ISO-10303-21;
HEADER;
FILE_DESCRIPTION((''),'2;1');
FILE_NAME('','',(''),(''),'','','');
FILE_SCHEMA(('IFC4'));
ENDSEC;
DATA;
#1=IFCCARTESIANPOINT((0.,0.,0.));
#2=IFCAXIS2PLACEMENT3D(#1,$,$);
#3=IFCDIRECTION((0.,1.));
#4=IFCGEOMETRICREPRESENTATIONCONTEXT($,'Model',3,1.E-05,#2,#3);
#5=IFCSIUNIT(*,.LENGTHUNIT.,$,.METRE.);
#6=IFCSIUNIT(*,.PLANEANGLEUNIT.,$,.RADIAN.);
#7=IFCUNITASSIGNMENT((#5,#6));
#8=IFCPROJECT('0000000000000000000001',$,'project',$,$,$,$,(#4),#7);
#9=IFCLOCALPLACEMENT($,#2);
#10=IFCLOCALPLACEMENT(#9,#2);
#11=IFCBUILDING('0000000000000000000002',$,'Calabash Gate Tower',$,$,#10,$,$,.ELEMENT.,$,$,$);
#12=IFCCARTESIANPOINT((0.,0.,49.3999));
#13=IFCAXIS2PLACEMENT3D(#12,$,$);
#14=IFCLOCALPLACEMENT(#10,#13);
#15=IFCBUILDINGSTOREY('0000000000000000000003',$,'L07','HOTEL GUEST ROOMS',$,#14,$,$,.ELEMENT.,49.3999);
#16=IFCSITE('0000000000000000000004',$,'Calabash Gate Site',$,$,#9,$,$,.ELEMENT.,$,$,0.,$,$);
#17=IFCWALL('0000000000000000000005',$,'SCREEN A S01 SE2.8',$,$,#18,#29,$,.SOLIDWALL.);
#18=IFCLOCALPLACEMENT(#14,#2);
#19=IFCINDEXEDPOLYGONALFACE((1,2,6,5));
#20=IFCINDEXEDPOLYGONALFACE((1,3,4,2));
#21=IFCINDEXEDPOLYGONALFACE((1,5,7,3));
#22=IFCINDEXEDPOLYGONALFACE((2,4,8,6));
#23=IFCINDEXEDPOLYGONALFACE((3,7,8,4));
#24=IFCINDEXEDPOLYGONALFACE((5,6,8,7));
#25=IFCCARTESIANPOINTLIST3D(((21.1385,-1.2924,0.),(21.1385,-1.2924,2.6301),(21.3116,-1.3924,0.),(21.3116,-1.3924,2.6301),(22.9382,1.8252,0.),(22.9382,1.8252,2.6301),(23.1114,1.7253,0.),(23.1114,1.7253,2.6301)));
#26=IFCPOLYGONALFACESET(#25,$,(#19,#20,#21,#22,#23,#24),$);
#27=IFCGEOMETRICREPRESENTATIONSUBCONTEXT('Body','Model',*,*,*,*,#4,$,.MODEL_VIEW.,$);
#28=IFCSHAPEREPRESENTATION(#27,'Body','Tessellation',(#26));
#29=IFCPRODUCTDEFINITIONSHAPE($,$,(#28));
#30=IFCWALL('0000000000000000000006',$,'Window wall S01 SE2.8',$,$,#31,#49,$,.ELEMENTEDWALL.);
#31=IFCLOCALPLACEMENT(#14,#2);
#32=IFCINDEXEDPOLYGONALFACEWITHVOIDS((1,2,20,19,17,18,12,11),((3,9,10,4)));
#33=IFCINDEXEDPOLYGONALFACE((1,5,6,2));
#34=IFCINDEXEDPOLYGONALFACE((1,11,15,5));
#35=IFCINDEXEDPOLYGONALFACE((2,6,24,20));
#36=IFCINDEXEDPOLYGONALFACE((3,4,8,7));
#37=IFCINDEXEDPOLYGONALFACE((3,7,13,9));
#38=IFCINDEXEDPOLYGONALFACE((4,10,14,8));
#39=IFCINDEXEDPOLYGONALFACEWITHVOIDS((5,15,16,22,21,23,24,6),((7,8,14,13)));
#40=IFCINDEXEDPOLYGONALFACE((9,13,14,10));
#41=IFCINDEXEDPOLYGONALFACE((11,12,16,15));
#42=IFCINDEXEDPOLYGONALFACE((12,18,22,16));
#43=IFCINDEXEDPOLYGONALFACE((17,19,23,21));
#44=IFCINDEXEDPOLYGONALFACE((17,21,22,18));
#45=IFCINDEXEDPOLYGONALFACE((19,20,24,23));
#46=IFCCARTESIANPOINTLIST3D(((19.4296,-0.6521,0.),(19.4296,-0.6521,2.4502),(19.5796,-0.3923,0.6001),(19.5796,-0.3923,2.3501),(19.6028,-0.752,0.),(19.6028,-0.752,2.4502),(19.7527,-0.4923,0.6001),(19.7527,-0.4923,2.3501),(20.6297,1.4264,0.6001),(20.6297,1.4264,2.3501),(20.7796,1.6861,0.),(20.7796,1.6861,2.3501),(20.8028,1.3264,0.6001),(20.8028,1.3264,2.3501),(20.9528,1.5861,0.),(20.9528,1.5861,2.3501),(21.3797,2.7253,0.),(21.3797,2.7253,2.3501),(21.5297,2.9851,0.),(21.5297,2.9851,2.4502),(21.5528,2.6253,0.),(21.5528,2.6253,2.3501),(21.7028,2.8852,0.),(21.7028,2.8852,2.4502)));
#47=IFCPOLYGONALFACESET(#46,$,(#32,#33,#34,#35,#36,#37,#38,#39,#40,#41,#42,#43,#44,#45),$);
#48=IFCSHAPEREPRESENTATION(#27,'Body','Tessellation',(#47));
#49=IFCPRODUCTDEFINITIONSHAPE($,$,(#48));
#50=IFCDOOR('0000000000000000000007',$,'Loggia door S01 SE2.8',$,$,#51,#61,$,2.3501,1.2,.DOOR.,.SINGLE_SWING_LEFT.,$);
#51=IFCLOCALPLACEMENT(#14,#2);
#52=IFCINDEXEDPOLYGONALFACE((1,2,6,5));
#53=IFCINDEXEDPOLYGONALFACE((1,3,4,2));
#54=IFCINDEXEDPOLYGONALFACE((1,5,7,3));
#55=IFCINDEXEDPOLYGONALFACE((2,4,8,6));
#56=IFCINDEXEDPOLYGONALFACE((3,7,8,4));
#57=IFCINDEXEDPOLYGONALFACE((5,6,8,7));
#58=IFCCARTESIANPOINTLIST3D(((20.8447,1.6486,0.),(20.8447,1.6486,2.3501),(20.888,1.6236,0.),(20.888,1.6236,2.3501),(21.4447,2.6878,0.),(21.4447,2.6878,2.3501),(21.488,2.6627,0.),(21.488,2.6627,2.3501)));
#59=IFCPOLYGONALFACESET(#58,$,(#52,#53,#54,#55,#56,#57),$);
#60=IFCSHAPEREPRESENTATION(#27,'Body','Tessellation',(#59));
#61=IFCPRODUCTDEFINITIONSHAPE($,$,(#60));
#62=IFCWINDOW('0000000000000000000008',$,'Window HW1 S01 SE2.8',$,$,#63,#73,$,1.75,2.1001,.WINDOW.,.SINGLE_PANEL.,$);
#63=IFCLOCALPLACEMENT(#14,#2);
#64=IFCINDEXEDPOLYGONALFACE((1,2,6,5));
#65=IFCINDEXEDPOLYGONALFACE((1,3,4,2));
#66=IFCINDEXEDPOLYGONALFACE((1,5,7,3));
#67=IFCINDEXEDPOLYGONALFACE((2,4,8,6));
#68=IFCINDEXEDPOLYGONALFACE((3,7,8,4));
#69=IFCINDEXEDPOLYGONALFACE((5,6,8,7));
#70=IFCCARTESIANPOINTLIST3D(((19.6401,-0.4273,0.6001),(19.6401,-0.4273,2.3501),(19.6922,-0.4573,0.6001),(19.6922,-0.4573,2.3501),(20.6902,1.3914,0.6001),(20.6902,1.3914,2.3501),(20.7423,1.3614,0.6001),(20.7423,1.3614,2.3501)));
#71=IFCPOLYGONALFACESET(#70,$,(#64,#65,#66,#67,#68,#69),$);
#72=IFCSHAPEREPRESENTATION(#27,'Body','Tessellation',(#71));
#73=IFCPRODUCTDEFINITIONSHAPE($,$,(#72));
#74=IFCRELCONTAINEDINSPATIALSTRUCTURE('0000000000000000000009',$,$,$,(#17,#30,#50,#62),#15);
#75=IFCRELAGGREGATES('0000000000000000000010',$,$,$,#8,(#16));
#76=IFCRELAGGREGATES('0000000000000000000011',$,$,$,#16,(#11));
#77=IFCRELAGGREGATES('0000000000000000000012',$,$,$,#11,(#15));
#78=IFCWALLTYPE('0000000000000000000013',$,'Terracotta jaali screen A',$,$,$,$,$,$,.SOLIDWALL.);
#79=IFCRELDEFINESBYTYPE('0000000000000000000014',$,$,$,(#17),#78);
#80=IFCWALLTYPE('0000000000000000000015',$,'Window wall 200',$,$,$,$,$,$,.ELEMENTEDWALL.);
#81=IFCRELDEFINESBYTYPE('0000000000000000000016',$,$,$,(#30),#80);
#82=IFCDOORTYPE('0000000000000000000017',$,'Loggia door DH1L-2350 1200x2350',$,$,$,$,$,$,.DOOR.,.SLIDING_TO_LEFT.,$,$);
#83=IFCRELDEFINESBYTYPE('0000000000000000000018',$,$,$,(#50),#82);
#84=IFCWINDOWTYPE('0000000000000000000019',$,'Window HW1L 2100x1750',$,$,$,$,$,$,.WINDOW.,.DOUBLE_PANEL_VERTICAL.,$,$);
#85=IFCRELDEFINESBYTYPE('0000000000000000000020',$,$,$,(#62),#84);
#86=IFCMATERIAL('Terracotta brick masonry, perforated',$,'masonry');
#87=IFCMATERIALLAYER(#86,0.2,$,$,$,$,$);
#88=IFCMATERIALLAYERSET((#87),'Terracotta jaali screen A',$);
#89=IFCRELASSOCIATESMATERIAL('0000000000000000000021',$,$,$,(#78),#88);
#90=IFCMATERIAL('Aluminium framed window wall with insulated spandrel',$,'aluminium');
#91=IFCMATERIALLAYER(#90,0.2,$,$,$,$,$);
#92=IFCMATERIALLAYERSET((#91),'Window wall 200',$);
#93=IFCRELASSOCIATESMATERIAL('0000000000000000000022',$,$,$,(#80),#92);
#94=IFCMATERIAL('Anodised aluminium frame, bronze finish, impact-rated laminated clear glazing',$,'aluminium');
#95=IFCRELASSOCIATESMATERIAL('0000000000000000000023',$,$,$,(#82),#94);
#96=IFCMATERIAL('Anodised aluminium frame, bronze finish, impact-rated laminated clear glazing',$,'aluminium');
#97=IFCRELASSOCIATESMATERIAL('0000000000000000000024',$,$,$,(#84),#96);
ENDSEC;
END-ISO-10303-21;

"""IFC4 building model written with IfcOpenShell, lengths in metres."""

from ifc_helpers import new_model, si_unit, direction, frame, frame_2d, origin, place, context, subcontext, project, spatial, rectangle, extrude, material, layer, layer_set, type_object, element, fill, save


model = new_model("IFC4")

# Units and contexts
model_context = context("Model", 3, precision=1e-05, world=origin(), true_north=direction((0.0, 1.0)))
body_context = subcontext(model_context, "Body", "Model", "MODEL_VIEW")
ifc_project = project(units=[si_unit("LENGTHUNIT", "METRE"), si_unit("PLANEANGLEUNIT", "RADIAN")], contexts=[model_context])

# Site, building, storey
site_placement = place(None, origin())
site = spatial("IfcSite", under=ifc_project, at=site_placement, Name="Calabash Gate Site", CompositionType="ELEMENT", RefElevation=0.0)
building_placement = place(site_placement, origin())
building = spatial("IfcBuilding", under=site, at=building_placement, Name="Calabash Gate Tower", CompositionType="ELEMENT")
storey_placement = place(building_placement, frame((0.0, 0.0, 49.3999)))
storey = spatial("IfcBuildingStorey", under=building, at=storey_placement, Name="L07", Description="HOTEL GUEST ROOMS", CompositionType="ELEMENT", Elevation=49.3999)

# Wall
ifc_material_1 = material(Name="Terracotta brick masonry, perforated", Category="masonry")
ifc_layer_1 = layer(ifc_material_1, 0.2)
ifc_layer_set_1 = layer_set([ifc_layer_1], Name="Terracotta jaali screen A")
wall_type_1 = type_object("IfcWallType", Name="Terracotta jaali screen A", PredefinedType="SOLIDWALL", material=ifc_layer_set_1)
for number, where, z_axis, x_axis, name in (
    (1, (21.2251, -1.3423, 0.0), (0.0, 0.0, 1.0), (0.499961, 0.866048, 0.0), "SCREEN A S01 SE2.8"),
):
    element("IfcWall", number, at=place(storey_placement, frame(where, z_axis=z_axis, x_axis=x_axis)), inside=storey, type_object=wall_type_1, Name=name, PredefinedType="SOLIDWALL", context=body_context, shape_type="SweptSolid", body=[
        extrude(rectangle(XDim=3.5999, YDim=0.2, at=frame_2d((1.7998, 0.0))), origin(), (0.0, 0.0, 1.0), 2.6301),
    ])

# Wall, openings, door, window
ifc_material_2 = material(Name="Aluminium framed window wall with insulated spandrel", Category="aluminium")
ifc_layer_2 = layer(ifc_material_2, 0.2)
ifc_layer_set_2 = layer_set([ifc_layer_2], Name="Window wall 200")
wall_type_2 = type_object("IfcWallType", Name="Window wall 200", PredefinedType="ELEMENTEDWALL", material=ifc_layer_set_2)
wall_1_placement = place(storey_placement, frame((19.5161, -0.7021, 0.0), z_axis=(0.0, 0.0, 1.0), x_axis=(0.500028, 0.866009, 0.0)))
wall_1 = element("IfcWall", 2, at=wall_1_placement, inside=storey, type_object=wall_type_2, Name="Window wall S01 SE2.8", PredefinedType="ELEMENTEDWALL", context=body_context, shape_type="SweptSolid", body=[
    extrude(rectangle(XDim=4.2, YDim=0.2, at=frame_2d((2.1001, 0.0))), origin(), (0.0, 0.0, 1.0), 2.4502),
])
opening_1_placement = place(wall_1_placement, frame((0.3, 0.0, 0.6001)))
opening_1 = element("IfcOpeningElement", 3, at=opening_1_placement, cuts=wall_1, PredefinedType="OPENING", context=body_context, shape_type="SweptSolid", body=[
    extrude(rectangle(XDim=2.1001, YDim=1.75, at=frame_2d((1.05, 0.875))), frame((0.0, 0.1099, 0.0), z_axis=(0.0, -1.0, 0.0), x_axis=(1.0, 0.0, 0.0)), (0.0, 0.0, 1.0), 0.22),
])
opening_2_placement = place(wall_1_placement, frame((2.7, 0.0, 0.0)))
opening_2 = element("IfcOpeningElement", 4, at=opening_2_placement, cuts=wall_1, PredefinedType="OPENING", context=body_context, shape_type="SweptSolid", body=[
    extrude(rectangle(XDim=1.2, YDim=2.3501, at=frame_2d((0.6001, 1.175))), frame((0.0, 0.1099, 0.0), z_axis=(0.0, -1.0, 0.0), x_axis=(1.0, 0.0, 0.0)), (0.0, 0.0, 1.0), 0.22),
])
ifc_material_3 = material(Name="Anodised aluminium frame, bronze finish, impact-rated laminated clear glazing", Category="aluminium")
door_type_1 = type_object("IfcDoorType", Name="Loggia door DH1L-2350 1200x2350", OperationType="SLIDING_TO_LEFT", PredefinedType="DOOR", material=ifc_material_3)
door_1_placement = place(opening_2_placement, origin())
door_1 = element("IfcDoor", 5, at=door_1_placement, inside=storey, type_object=door_type_1, Name="Loggia door S01 SE2.8", OperationType="SINGLE_SWING_LEFT", OverallHeight=2.3501, OverallWidth=1.2, PredefinedType="DOOR", context=body_context, shape_type="SweptSolid", body=[
    extrude(rectangle(XDim=1.2, YDim=2.3501, at=frame_2d((0.6001, 1.175))), frame((0.0, 0.0249, 0.0), z_axis=(0.0, -1.0, 0.0), x_axis=(1.0, 0.0, 0.0)), (0.0, 0.0, 1.0), 0.05),
])
fill(opening_2, door_1)
ifc_material_4 = material(Name="Anodised aluminium frame, bronze finish, impact-rated laminated clear glazing", Category="aluminium")
window_type_1 = type_object("IfcWindowType", Name="Window HW1L 2100x1750", PartitioningType="DOUBLE_PANEL_VERTICAL", PredefinedType="WINDOW", material=ifc_material_4)
window_1_placement = place(opening_1_placement, origin())
window_1 = element("IfcWindow", 6, at=window_1_placement, inside=storey, type_object=window_type_1, Name="Window HW1 S01 SE2.8", OverallHeight=1.75, OverallWidth=2.1001, PartitioningType="SINGLE_PANEL", PredefinedType="WINDOW", context=body_context, shape_type="SweptSolid", body=[
    extrude(rectangle(XDim=2.1001, YDim=1.75, at=frame_2d((1.05, 0.875))), frame((0.0, 0.03, 0.0), z_axis=(0.0, -1.0, 0.0), x_axis=(1.0, 0.0, 0.0)), (0.0, 0.0, 1.0), 0.0601),
])
fill(opening_1, window_1)

save(model, "model.ifc")
